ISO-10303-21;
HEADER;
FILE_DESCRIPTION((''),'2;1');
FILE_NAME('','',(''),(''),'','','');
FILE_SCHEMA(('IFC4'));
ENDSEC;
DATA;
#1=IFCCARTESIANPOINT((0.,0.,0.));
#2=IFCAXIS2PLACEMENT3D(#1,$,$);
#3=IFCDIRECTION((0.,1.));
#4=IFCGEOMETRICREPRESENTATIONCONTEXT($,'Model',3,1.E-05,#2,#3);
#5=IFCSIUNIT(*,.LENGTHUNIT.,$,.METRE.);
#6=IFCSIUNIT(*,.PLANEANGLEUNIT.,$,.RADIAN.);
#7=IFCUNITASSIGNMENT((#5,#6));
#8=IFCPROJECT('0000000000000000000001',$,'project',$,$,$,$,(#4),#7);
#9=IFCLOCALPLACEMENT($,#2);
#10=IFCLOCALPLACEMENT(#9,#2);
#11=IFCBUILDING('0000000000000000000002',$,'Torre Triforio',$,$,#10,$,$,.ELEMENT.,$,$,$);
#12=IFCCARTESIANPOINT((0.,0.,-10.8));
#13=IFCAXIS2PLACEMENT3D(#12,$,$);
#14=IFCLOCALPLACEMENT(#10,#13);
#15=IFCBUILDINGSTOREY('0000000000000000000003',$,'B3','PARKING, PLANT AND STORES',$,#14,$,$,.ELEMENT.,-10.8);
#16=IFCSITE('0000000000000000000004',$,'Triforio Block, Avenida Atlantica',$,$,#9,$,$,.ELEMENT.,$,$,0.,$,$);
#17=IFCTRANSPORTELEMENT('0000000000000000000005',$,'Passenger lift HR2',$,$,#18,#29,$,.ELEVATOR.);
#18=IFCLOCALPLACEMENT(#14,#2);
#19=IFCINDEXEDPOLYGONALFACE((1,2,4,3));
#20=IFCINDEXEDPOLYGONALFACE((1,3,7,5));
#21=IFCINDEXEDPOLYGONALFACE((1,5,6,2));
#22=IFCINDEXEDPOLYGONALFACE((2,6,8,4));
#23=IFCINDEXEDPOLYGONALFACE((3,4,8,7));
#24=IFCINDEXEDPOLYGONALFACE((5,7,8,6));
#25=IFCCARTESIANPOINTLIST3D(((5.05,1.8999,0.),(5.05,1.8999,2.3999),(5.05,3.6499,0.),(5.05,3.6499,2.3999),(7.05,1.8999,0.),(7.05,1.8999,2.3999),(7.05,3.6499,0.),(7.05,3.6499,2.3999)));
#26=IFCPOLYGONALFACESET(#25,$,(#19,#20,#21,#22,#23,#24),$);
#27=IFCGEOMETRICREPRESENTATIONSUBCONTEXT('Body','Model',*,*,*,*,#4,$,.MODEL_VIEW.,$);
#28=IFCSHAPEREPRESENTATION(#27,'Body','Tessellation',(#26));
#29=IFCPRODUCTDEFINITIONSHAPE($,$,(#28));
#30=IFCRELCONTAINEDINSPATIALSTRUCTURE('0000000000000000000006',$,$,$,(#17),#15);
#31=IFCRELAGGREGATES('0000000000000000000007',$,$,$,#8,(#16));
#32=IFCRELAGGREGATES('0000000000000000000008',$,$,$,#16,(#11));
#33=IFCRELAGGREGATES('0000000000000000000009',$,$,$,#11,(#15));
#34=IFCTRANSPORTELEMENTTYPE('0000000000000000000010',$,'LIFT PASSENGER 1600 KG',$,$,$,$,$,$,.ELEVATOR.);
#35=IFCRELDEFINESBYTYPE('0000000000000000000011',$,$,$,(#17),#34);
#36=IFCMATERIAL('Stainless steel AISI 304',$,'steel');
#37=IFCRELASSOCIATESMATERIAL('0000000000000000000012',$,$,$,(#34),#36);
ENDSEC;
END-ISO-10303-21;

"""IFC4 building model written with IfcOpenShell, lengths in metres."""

from ifc_helpers import new_model, si_unit, direction, frame, origin, origin_2d, place, context, subcontext, project, spatial, rectangle, extrude, material, type_object, element, save


model = new_model("IFC4")

# Units and contexts
model_context = context("Model", 3, precision=1e-05, world=origin(), true_north=direction((0.0, 1.0)))
body_context = subcontext(model_context, "Body", "Model", "MODEL_VIEW")
ifc_project = project(units=[si_unit("LENGTHUNIT", "METRE"), si_unit("PLANEANGLEUNIT", "RADIAN")], contexts=[model_context])

# Site, building, storey
site_placement = place(None, origin())
site = spatial("IfcSite", under=ifc_project, at=site_placement, Name="Triforio Block, Avenida Atlantica", CompositionType="ELEMENT", RefElevation=0.0)
building_placement = place(site_placement, origin())
building = spatial("IfcBuilding", under=site, at=building_placement, Name="Torre Triforio", CompositionType="ELEMENT")
storey_placement = place(building_placement, frame((0.0, 0.0, -10.8)))
storey = spatial("IfcBuildingStorey", under=building, at=storey_placement, Name="B3", Description="PARKING, PLANT AND STORES", CompositionType="ELEMENT", Elevation=-10.8)

# Transport element
ifc_material_1 = material(Name="Stainless steel AISI 304", Category="steel")
transport_element_type_1 = type_object("IfcTransportElementType", Name="LIFT PASSENGER 1600 KG", PredefinedType="ELEVATOR", material=ifc_material_1)
transport_element_1_placement = place(storey_placement, frame((6.05, 2.7749, 0.0), z_axis=(0.0, 0.0, 1.0), x_axis=(1.0, 0.0, 0.0)))
element("IfcTransportElement", 1, at=transport_element_1_placement, inside=storey, type_object=transport_element_type_1, Name="Passenger lift HR2", PredefinedType="ELEVATOR", context=body_context, shape_type="SweptSolid", body=[
    extrude(rectangle(XDim=2.0, YDim=1.75, at=origin_2d()), origin(), (0.0, 0.0, 1.0), 2.3999),
])

save(model, "model.ifc")
